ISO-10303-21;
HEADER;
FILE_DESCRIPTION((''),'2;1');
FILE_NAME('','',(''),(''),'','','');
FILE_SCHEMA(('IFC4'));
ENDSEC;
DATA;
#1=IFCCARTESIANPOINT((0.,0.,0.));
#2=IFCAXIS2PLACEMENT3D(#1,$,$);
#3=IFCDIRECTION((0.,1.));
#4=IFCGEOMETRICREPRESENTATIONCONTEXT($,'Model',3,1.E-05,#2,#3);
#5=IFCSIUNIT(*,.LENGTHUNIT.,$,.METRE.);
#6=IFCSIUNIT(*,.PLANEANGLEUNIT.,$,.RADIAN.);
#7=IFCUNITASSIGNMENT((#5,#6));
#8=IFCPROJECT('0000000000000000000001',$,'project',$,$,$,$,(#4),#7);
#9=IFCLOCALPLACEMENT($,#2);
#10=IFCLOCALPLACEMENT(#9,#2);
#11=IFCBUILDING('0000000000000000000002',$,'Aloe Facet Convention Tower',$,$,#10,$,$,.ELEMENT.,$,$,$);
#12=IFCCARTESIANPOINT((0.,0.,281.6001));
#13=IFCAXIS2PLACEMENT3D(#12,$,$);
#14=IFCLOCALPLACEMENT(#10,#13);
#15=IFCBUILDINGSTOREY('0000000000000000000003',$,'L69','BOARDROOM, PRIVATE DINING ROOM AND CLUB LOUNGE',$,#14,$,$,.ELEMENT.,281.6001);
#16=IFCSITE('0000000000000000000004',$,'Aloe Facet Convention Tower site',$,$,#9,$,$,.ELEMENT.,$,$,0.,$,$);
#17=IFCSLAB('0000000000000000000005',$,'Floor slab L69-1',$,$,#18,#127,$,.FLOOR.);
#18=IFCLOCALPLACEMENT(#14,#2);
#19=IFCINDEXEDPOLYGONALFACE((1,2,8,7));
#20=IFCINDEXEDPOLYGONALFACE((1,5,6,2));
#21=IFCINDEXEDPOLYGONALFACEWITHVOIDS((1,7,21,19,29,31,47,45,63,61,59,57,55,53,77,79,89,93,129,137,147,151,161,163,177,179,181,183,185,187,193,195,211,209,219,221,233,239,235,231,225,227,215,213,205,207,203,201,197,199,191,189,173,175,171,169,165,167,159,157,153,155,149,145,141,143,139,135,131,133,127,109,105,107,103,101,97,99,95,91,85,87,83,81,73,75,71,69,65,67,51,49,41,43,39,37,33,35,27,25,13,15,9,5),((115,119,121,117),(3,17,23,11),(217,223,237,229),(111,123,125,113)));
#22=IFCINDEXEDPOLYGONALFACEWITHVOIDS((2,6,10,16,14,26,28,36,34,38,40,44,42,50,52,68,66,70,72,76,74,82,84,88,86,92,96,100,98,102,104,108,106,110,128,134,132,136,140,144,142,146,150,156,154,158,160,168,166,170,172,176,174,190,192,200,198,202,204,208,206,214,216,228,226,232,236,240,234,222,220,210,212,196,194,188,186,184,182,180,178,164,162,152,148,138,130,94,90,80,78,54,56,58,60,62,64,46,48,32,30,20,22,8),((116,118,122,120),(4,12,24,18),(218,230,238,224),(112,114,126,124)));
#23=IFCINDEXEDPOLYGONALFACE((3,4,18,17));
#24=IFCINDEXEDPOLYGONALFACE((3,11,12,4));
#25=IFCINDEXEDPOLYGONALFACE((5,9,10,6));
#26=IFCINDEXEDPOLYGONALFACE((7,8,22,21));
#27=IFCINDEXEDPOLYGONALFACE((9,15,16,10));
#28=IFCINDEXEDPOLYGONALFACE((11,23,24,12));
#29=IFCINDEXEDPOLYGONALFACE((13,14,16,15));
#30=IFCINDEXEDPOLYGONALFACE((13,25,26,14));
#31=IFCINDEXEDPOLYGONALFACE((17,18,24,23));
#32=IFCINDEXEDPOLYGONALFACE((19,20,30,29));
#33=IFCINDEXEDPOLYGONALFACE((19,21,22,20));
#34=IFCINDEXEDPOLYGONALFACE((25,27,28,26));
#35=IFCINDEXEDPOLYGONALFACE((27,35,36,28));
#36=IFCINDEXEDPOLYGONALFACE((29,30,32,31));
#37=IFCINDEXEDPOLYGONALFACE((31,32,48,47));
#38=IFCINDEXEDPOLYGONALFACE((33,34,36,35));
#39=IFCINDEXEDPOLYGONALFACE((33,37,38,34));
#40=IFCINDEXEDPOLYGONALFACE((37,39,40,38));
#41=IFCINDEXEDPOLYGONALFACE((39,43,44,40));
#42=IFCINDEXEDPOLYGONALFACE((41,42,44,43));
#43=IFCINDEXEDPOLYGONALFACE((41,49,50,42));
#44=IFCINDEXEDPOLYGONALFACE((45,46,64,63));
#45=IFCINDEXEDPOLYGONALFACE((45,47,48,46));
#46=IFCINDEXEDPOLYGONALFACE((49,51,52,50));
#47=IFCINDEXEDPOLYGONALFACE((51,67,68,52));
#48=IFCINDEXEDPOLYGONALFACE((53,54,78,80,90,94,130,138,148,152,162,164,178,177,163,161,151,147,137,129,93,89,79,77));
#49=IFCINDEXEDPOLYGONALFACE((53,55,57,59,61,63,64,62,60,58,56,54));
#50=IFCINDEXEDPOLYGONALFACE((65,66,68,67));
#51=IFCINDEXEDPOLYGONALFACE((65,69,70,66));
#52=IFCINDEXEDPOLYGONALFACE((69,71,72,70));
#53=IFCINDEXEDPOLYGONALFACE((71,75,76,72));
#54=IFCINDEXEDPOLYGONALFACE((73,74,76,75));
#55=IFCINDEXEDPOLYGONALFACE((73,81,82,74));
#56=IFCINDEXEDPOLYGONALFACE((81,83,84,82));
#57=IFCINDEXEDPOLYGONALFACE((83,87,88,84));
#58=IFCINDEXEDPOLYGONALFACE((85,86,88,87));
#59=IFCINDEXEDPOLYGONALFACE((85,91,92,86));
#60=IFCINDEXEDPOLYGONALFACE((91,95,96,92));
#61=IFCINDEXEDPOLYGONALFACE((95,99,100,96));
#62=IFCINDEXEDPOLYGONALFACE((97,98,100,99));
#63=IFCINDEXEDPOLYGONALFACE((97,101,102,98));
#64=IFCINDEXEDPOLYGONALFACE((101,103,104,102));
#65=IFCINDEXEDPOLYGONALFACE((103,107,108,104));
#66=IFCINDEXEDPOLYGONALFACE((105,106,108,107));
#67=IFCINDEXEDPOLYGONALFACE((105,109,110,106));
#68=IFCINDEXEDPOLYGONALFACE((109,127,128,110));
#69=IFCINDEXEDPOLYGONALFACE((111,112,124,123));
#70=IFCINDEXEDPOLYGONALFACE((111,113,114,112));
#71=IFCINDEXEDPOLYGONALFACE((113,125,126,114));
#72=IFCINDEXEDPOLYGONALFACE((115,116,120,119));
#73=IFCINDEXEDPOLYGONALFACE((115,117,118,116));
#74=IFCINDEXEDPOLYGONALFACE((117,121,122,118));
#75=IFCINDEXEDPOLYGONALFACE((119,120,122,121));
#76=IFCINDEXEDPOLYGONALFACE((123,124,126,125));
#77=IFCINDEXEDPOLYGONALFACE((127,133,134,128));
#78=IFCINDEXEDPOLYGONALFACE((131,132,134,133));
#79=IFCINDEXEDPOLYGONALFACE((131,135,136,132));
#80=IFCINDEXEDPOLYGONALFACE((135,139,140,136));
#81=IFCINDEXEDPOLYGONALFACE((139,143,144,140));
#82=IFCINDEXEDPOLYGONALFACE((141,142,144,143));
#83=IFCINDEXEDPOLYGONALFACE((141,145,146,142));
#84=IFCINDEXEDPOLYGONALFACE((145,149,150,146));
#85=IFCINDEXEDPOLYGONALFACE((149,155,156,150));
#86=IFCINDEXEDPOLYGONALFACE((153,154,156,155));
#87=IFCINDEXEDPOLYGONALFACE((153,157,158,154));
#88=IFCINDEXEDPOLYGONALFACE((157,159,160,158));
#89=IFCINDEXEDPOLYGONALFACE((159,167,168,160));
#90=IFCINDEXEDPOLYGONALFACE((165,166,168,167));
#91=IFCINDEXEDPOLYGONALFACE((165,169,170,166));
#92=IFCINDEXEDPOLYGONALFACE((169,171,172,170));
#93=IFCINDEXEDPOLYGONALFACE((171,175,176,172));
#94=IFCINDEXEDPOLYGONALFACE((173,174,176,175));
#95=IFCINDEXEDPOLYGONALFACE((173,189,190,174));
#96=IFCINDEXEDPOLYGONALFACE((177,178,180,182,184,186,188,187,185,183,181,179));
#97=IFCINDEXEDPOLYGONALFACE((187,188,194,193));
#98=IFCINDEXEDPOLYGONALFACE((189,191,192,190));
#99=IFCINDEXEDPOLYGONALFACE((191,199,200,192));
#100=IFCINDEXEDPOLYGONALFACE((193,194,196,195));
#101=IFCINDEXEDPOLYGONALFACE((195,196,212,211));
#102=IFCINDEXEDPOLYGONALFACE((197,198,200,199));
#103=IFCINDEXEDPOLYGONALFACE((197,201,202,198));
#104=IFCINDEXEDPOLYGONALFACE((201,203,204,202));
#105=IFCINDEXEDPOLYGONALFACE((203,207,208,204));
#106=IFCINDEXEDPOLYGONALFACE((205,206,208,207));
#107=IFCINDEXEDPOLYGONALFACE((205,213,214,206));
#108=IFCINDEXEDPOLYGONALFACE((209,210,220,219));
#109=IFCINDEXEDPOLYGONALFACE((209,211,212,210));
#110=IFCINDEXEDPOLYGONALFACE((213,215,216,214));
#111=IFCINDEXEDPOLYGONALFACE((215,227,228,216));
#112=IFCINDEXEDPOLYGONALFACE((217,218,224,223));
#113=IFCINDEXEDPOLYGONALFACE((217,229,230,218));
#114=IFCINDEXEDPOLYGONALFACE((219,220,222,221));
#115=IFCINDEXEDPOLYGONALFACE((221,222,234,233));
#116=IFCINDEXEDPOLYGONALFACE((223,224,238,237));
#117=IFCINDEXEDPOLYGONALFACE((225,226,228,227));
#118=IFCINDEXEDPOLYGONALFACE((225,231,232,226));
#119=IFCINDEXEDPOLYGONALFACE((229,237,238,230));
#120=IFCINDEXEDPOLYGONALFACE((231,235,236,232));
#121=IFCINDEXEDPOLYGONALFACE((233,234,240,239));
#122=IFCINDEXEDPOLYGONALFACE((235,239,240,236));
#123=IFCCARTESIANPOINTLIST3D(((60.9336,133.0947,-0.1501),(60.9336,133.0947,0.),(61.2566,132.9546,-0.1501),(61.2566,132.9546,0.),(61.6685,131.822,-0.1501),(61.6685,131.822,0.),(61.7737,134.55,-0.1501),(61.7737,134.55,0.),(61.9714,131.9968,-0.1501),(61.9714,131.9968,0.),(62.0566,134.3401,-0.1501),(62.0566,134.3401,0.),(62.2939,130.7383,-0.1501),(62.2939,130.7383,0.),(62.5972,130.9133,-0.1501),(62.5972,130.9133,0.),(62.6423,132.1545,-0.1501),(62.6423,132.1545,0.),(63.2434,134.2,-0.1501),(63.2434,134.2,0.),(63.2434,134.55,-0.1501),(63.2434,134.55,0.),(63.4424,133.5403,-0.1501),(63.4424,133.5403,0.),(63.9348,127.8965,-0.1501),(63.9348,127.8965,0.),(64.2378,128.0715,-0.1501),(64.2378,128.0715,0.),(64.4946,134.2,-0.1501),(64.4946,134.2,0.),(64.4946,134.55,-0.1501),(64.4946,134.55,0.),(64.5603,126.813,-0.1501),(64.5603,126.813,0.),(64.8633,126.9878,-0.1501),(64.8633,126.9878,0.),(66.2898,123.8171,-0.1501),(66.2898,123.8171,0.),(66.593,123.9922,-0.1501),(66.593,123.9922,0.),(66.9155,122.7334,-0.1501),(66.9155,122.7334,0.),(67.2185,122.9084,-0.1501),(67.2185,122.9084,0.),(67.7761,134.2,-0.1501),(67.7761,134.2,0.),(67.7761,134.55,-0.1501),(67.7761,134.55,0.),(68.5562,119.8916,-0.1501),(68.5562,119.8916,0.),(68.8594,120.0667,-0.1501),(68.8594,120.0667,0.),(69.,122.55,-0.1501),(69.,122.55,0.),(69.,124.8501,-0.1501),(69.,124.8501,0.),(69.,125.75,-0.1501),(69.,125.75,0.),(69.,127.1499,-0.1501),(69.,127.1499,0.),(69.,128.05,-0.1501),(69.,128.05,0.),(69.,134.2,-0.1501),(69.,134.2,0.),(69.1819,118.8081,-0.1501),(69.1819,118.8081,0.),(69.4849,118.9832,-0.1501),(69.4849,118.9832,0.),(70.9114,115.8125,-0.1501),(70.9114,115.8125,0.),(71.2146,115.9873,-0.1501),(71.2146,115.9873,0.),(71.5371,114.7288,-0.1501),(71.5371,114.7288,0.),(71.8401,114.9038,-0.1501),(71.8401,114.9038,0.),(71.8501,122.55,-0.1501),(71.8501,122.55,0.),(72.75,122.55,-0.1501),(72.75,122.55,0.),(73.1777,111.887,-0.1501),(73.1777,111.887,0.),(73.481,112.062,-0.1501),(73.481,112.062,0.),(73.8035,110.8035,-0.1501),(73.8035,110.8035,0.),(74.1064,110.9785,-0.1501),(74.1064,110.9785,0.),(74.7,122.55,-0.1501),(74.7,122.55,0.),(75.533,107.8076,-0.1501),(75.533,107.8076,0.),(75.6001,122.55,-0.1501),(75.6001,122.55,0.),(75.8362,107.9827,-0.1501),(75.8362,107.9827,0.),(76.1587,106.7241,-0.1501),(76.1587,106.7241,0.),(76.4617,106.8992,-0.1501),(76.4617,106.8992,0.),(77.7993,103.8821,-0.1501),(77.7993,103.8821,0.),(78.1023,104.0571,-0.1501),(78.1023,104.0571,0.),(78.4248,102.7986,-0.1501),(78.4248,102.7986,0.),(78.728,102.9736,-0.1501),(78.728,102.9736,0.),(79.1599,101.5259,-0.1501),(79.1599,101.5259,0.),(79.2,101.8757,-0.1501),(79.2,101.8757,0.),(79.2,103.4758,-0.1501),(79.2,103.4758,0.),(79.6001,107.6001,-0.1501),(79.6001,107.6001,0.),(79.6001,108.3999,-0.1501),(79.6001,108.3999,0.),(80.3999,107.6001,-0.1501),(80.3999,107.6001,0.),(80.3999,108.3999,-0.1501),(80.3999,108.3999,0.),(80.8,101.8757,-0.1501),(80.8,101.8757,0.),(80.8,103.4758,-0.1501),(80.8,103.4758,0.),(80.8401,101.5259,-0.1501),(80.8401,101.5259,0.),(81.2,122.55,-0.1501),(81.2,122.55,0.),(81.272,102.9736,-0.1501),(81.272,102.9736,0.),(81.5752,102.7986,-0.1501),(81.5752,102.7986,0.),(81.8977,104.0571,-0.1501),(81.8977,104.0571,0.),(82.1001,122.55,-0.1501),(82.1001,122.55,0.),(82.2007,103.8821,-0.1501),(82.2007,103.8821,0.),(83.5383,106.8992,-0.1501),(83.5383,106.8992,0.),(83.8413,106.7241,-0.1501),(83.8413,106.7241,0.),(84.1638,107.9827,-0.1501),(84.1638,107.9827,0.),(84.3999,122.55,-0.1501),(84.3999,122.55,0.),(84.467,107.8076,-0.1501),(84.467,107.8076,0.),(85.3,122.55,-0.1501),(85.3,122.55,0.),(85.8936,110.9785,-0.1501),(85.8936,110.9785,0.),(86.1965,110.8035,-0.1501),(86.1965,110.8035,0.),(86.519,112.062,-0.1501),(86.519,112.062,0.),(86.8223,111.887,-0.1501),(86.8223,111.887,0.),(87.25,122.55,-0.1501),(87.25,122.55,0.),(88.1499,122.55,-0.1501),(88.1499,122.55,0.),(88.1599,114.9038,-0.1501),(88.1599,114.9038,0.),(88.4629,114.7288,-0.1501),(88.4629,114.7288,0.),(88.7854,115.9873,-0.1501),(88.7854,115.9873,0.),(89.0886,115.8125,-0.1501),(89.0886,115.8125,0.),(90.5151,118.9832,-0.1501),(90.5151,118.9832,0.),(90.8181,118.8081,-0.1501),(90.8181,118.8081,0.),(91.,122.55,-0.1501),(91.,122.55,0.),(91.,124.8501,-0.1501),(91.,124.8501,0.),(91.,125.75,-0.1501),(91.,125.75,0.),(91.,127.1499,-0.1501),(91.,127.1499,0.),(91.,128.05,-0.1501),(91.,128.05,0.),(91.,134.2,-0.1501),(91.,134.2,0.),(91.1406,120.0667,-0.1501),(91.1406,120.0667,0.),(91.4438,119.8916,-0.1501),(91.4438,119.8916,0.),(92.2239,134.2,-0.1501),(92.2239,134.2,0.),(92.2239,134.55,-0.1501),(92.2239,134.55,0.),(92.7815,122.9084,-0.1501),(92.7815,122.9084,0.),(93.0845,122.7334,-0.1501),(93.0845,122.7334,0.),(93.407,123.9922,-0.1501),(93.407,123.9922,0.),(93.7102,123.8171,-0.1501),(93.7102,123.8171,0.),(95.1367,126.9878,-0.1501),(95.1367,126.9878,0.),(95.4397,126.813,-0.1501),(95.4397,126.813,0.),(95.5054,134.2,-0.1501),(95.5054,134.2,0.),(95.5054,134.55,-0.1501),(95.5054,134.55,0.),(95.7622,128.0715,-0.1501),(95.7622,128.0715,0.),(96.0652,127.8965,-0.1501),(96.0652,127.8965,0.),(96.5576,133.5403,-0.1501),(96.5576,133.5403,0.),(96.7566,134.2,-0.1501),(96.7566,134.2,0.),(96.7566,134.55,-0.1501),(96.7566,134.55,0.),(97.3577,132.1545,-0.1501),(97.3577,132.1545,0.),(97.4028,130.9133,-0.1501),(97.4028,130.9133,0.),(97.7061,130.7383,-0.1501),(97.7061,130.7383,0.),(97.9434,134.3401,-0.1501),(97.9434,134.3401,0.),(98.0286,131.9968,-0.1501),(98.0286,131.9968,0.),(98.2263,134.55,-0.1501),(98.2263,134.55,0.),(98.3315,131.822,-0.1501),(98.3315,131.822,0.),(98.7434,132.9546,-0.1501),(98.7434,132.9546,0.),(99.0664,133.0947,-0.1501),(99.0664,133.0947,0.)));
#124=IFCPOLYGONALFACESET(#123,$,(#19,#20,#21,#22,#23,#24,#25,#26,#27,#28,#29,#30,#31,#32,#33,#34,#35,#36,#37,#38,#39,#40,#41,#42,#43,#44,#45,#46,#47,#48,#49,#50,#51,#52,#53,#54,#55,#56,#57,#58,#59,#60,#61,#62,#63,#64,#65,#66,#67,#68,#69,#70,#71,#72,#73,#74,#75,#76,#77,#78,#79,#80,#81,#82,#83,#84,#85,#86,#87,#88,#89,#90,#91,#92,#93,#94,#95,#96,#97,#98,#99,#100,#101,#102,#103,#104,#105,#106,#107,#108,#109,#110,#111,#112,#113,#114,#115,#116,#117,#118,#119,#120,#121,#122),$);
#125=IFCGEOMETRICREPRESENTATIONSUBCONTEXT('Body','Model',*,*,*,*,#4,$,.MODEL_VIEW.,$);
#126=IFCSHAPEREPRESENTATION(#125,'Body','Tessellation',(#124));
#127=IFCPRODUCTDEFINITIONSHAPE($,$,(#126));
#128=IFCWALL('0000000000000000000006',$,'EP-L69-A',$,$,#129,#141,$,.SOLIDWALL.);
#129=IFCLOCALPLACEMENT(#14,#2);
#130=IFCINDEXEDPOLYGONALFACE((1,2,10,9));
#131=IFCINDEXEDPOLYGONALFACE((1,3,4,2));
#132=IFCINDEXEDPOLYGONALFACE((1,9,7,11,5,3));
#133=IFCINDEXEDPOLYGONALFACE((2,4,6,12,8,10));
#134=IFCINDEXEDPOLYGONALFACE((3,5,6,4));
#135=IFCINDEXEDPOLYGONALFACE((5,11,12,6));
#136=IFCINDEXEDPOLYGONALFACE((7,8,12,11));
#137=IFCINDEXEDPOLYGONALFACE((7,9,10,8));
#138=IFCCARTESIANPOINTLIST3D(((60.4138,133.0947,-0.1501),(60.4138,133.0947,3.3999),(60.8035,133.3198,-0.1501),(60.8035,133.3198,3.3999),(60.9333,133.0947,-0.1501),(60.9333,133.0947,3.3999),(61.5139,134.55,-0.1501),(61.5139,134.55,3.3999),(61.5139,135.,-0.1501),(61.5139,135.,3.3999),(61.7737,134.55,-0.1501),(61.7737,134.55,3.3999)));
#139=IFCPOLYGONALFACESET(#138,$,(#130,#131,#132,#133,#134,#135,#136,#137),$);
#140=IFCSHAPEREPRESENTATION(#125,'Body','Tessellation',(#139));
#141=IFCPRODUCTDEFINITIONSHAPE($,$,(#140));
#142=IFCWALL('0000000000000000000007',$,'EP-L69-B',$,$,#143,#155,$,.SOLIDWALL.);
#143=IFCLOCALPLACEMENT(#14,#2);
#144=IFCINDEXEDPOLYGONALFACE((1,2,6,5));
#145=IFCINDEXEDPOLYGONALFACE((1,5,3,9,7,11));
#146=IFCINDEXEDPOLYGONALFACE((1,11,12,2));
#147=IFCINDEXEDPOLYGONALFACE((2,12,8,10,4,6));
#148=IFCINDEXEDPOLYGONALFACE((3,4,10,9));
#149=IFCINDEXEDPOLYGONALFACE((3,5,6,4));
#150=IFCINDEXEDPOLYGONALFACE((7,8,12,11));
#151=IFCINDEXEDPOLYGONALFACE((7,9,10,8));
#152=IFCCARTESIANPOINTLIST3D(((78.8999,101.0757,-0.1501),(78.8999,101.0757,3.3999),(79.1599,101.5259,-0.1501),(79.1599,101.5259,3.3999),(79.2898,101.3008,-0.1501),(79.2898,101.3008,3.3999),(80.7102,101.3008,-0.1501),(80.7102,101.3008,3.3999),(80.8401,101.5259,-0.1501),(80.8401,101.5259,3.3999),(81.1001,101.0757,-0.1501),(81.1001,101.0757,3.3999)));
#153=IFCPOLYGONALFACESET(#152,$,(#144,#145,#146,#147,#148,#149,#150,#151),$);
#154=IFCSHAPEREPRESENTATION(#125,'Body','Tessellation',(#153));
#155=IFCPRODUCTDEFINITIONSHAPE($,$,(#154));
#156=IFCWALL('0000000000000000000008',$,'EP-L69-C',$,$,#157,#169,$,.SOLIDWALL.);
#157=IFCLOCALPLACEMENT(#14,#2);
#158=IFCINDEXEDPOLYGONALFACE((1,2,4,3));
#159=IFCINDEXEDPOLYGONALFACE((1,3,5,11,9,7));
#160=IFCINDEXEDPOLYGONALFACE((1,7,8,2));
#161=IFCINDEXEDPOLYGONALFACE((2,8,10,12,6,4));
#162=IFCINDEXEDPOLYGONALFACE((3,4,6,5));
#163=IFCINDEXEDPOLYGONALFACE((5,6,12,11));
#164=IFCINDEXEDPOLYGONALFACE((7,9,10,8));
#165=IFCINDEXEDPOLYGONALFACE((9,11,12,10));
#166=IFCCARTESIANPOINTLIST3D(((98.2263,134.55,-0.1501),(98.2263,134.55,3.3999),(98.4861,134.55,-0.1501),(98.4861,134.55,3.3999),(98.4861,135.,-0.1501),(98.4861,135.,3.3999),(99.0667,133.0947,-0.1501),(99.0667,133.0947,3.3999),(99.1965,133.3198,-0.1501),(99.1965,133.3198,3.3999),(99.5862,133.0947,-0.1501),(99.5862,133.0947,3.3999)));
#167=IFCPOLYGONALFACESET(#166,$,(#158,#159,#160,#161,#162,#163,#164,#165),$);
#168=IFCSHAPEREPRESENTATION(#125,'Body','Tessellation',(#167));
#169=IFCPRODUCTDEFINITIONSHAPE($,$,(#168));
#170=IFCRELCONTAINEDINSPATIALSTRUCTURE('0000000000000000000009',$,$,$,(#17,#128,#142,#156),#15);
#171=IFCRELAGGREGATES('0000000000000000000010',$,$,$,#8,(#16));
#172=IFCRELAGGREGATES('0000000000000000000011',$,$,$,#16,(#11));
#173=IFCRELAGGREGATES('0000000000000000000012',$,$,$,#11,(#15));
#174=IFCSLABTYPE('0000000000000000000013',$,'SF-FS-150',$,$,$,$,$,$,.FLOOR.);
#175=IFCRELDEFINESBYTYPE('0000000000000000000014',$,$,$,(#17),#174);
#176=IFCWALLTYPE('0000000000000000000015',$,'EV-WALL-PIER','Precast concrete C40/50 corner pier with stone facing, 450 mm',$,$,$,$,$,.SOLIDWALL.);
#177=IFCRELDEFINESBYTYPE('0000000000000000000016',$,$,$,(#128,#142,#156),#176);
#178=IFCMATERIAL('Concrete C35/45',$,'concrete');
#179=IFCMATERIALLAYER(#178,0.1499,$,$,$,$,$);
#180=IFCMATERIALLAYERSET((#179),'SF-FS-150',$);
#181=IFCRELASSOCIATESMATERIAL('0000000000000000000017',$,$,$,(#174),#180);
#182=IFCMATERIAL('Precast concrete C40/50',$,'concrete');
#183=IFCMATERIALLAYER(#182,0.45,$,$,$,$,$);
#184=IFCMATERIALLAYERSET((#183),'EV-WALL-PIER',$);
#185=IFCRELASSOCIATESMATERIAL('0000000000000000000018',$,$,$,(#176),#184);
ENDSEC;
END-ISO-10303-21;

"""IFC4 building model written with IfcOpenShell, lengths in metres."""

from ifc_helpers import new_model, si_unit, direction, frame, origin, place, context, subcontext, project, spatial, polyline, outline, extrude, material, layer, layer_set, type_object, element, save


model = new_model("IFC4")

# Units and contexts
model_context = context("Model", 3, precision=1e-05, world=origin(), true_north=direction((0.0, 1.0)))
body_context = subcontext(model_context, "Body", "Model", "MODEL_VIEW")
ifc_project = project(units=[si_unit("LENGTHUNIT", "METRE"), si_unit("PLANEANGLEUNIT", "RADIAN")], contexts=[model_context])

# Site, building, storey
site_placement = place(None, origin())
site = spatial("IfcSite", under=ifc_project, at=site_placement, Name="Aloe Facet Convention Tower site", CompositionType="ELEMENT", RefElevation=0.0)
building_placement = place(site_placement, origin())
building = spatial("IfcBuilding", under=site, at=building_placement, Name="Aloe Facet Convention Tower", CompositionType="ELEMENT")
storey_placement = place(building_placement, frame((0.0, 0.0, 281.6001)))
storey = spatial("IfcBuildingStorey", under=building, at=storey_placement, Name="L69", Description="BOARDROOM, PRIVATE DINING ROOM AND CLUB LOUNGE", CompositionType="ELEMENT", Elevation=281.6001)

# Slab
ifc_material_1 = material(Name="Concrete C35/45", Category="concrete")
ifc_layer_1 = layer(ifc_material_1, 0.1499)
ifc_layer_set_1 = layer_set([ifc_layer_1], Name="SF-FS-150")
slab_type_1 = type_object("IfcSlabType", Name="SF-FS-150", PredefinedType="FLOOR", material=ifc_layer_set_1)
slab_1_placement = place(storey_placement, frame((0.0, 0.0, -0.1501)))
element("IfcSlab", 1, at=slab_1_placement, inside=storey, type_object=slab_type_1, Name="Floor slab L69-1", PredefinedType="FLOOR", context=body_context, shape_type="SweptSolid", body=[
    extrude(outline(polyline([(99.0664, 133.0947), (98.3315, 131.822), (98.0286, 131.9968), (97.4028, 130.9133), (97.7061, 130.7383), (96.0652, 127.8965), (95.7622, 128.0715), (95.1367, 126.9878), (95.4397, 126.813), (93.7102, 123.8171), (93.407, 123.9922), (92.7815, 122.9084), (93.0845, 122.7334), (91.4438, 119.8916), (91.1406, 120.0667), (90.5151, 118.9832), (90.8181, 118.8081), (89.0886, 115.8125), (88.7854, 115.9873), (88.1599, 114.9038), (88.4629, 114.7288), (86.8223, 111.887), (86.519, 112.062), (85.8936, 110.9785), (86.1965, 110.8035), (84.467, 107.8076), (84.1638, 107.9827), (83.5383, 106.8992), (83.8413, 106.7241), (82.2007, 103.8821), (81.8977, 104.0571), (81.272, 102.9736), (81.5752, 102.7986), (80.8401, 101.5259), (79.1599, 101.5259), (78.4248, 102.7986), (78.728, 102.9736), (78.1023, 104.0571), (77.7993, 103.8821), (76.1587, 106.7241), (76.4617, 106.8992), (75.8362, 107.9827), (75.533, 107.8076), (73.8035, 110.8035), (74.1064, 110.9785), (73.481, 112.062), (73.1777, 111.887), (71.5371, 114.7288), (71.8401, 114.9038), (71.2146, 115.9873), (70.9114, 115.8125), (69.1819, 118.8081), (69.4849, 118.9832), (68.8594, 120.0667), (68.5562, 119.8916), (66.9155, 122.7334), (67.2185, 122.9084), (66.593, 123.9922), (66.2898, 123.8171), (64.5603, 126.813), (64.8633, 126.9878), (64.2378, 128.0715), (63.9348, 127.8965), (62.2939, 130.7383), (62.5972, 130.9133), (61.9714, 131.9968), (61.6685, 131.822), (60.9336, 133.0947), (61.7737, 134.55), (63.2434, 134.55), (63.2434, 134.2), (64.4946, 134.2), (64.4946, 134.55), (67.7761, 134.55), (67.7761, 134.2), (69.0, 134.2), (69.0, 128.05), (69.0, 127.1499), (69.0, 125.75), (69.0, 124.8501), (69.0, 122.55), (71.8501, 122.55), (72.75, 122.55), (74.7, 122.55), (75.6001, 122.55), (81.2, 122.55), (82.1001, 122.55), (84.3999, 122.55), (85.3, 122.55), (87.25, 122.55), (88.1499, 122.55), (91.0, 122.55), (91.0, 124.8501), (91.0, 125.75), (91.0, 127.1499), (91.0, 128.05), (91.0, 134.2), (92.2239, 134.2), (92.2239, 134.55), (95.5054, 134.55), (95.5054, 134.2), (96.7566, 134.2), (96.7566, 134.55), (98.2263, 134.55), (99.0664, 133.0947)]), holes=[polyline([(80.8, 101.8757), (80.8, 103.4758), (79.2, 103.4758), (79.2, 101.8757), (80.8, 101.8757)]), polyline([(62.0566, 134.3401), (61.2566, 132.9546), (62.6423, 132.1545), (63.4424, 133.5403), (62.0566, 134.3401)]), polyline([(80.3999, 107.6001), (80.3999, 108.3999), (79.6001, 108.3999), (79.6001, 107.6001), (80.3999, 107.6001)]), polyline([(98.7434, 132.9546), (97.9434, 134.3401), (96.5576, 133.5403), (97.3577, 132.1545), (98.7434, 132.9546)])]), origin(), (0.0, 0.0, 1.0), 0.1501),
])

# Walls
ifc_material_2 = material(Name="Precast concrete C40/50", Category="concrete")
ifc_layer_2 = layer(ifc_material_2, 0.45)
ifc_layer_set_2 = layer_set([ifc_layer_2], Name="EV-WALL-PIER")
wall_type_1 = type_object("IfcWallType", Name="EV-WALL-PIER", Description="Precast concrete C40/50 corner pier with stone facing, 450 mm", PredefinedType="SOLIDWALL", material=ifc_layer_set_2)
wall_1_placement = place(storey_placement, frame((0.0, 0.0, -0.1501)))
element("IfcWall", 2, at=wall_1_placement, inside=storey, type_object=wall_type_1, Name="EP-L69-A", PredefinedType="SOLIDWALL", context=body_context, shape_type="SweptSolid", body=[
    extrude(outline(polyline([(61.5139, 135.0), (61.5139, 134.55), (61.7737, 134.55), (60.9333, 133.0947), (60.8035, 133.3198), (60.4138, 133.0947), (61.5139, 135.0)])), origin(), (0.0, 0.0, 1.0), 3.55),
])
wall_2_placement = place(storey_placement, frame((0.0, 0.0, -0.1501)))
element("IfcWall", 3, at=wall_2_placement, inside=storey, type_object=wall_type_1, Name="EP-L69-B", PredefinedType="SOLIDWALL", context=body_context, shape_type="SweptSolid", body=[
    extrude(outline(polyline([(78.8999, 101.0757), (79.2898, 101.3008), (79.1599, 101.5259), (80.8401, 101.5259), (80.7102, 101.3008), (81.1001, 101.0757), (78.8999, 101.0757)])), origin(), (0.0, 0.0, 1.0), 3.55),
])
wall_3_placement = place(storey_placement, frame((0.0, 0.0, -0.1501)))
element("IfcWall", 4, at=wall_3_placement, inside=storey, type_object=wall_type_1, Name="EP-L69-C", PredefinedType="SOLIDWALL", context=body_context, shape_type="SweptSolid", body=[
    extrude(outline(polyline([(99.5862, 133.0947), (99.1965, 133.3198), (99.0667, 133.0947), (98.2263, 134.55), (98.4861, 134.55), (98.4861, 135.0), (99.5862, 133.0947)])), origin(), (0.0, 0.0, 1.0), 3.55),
])

save(model, "model.ifc")
